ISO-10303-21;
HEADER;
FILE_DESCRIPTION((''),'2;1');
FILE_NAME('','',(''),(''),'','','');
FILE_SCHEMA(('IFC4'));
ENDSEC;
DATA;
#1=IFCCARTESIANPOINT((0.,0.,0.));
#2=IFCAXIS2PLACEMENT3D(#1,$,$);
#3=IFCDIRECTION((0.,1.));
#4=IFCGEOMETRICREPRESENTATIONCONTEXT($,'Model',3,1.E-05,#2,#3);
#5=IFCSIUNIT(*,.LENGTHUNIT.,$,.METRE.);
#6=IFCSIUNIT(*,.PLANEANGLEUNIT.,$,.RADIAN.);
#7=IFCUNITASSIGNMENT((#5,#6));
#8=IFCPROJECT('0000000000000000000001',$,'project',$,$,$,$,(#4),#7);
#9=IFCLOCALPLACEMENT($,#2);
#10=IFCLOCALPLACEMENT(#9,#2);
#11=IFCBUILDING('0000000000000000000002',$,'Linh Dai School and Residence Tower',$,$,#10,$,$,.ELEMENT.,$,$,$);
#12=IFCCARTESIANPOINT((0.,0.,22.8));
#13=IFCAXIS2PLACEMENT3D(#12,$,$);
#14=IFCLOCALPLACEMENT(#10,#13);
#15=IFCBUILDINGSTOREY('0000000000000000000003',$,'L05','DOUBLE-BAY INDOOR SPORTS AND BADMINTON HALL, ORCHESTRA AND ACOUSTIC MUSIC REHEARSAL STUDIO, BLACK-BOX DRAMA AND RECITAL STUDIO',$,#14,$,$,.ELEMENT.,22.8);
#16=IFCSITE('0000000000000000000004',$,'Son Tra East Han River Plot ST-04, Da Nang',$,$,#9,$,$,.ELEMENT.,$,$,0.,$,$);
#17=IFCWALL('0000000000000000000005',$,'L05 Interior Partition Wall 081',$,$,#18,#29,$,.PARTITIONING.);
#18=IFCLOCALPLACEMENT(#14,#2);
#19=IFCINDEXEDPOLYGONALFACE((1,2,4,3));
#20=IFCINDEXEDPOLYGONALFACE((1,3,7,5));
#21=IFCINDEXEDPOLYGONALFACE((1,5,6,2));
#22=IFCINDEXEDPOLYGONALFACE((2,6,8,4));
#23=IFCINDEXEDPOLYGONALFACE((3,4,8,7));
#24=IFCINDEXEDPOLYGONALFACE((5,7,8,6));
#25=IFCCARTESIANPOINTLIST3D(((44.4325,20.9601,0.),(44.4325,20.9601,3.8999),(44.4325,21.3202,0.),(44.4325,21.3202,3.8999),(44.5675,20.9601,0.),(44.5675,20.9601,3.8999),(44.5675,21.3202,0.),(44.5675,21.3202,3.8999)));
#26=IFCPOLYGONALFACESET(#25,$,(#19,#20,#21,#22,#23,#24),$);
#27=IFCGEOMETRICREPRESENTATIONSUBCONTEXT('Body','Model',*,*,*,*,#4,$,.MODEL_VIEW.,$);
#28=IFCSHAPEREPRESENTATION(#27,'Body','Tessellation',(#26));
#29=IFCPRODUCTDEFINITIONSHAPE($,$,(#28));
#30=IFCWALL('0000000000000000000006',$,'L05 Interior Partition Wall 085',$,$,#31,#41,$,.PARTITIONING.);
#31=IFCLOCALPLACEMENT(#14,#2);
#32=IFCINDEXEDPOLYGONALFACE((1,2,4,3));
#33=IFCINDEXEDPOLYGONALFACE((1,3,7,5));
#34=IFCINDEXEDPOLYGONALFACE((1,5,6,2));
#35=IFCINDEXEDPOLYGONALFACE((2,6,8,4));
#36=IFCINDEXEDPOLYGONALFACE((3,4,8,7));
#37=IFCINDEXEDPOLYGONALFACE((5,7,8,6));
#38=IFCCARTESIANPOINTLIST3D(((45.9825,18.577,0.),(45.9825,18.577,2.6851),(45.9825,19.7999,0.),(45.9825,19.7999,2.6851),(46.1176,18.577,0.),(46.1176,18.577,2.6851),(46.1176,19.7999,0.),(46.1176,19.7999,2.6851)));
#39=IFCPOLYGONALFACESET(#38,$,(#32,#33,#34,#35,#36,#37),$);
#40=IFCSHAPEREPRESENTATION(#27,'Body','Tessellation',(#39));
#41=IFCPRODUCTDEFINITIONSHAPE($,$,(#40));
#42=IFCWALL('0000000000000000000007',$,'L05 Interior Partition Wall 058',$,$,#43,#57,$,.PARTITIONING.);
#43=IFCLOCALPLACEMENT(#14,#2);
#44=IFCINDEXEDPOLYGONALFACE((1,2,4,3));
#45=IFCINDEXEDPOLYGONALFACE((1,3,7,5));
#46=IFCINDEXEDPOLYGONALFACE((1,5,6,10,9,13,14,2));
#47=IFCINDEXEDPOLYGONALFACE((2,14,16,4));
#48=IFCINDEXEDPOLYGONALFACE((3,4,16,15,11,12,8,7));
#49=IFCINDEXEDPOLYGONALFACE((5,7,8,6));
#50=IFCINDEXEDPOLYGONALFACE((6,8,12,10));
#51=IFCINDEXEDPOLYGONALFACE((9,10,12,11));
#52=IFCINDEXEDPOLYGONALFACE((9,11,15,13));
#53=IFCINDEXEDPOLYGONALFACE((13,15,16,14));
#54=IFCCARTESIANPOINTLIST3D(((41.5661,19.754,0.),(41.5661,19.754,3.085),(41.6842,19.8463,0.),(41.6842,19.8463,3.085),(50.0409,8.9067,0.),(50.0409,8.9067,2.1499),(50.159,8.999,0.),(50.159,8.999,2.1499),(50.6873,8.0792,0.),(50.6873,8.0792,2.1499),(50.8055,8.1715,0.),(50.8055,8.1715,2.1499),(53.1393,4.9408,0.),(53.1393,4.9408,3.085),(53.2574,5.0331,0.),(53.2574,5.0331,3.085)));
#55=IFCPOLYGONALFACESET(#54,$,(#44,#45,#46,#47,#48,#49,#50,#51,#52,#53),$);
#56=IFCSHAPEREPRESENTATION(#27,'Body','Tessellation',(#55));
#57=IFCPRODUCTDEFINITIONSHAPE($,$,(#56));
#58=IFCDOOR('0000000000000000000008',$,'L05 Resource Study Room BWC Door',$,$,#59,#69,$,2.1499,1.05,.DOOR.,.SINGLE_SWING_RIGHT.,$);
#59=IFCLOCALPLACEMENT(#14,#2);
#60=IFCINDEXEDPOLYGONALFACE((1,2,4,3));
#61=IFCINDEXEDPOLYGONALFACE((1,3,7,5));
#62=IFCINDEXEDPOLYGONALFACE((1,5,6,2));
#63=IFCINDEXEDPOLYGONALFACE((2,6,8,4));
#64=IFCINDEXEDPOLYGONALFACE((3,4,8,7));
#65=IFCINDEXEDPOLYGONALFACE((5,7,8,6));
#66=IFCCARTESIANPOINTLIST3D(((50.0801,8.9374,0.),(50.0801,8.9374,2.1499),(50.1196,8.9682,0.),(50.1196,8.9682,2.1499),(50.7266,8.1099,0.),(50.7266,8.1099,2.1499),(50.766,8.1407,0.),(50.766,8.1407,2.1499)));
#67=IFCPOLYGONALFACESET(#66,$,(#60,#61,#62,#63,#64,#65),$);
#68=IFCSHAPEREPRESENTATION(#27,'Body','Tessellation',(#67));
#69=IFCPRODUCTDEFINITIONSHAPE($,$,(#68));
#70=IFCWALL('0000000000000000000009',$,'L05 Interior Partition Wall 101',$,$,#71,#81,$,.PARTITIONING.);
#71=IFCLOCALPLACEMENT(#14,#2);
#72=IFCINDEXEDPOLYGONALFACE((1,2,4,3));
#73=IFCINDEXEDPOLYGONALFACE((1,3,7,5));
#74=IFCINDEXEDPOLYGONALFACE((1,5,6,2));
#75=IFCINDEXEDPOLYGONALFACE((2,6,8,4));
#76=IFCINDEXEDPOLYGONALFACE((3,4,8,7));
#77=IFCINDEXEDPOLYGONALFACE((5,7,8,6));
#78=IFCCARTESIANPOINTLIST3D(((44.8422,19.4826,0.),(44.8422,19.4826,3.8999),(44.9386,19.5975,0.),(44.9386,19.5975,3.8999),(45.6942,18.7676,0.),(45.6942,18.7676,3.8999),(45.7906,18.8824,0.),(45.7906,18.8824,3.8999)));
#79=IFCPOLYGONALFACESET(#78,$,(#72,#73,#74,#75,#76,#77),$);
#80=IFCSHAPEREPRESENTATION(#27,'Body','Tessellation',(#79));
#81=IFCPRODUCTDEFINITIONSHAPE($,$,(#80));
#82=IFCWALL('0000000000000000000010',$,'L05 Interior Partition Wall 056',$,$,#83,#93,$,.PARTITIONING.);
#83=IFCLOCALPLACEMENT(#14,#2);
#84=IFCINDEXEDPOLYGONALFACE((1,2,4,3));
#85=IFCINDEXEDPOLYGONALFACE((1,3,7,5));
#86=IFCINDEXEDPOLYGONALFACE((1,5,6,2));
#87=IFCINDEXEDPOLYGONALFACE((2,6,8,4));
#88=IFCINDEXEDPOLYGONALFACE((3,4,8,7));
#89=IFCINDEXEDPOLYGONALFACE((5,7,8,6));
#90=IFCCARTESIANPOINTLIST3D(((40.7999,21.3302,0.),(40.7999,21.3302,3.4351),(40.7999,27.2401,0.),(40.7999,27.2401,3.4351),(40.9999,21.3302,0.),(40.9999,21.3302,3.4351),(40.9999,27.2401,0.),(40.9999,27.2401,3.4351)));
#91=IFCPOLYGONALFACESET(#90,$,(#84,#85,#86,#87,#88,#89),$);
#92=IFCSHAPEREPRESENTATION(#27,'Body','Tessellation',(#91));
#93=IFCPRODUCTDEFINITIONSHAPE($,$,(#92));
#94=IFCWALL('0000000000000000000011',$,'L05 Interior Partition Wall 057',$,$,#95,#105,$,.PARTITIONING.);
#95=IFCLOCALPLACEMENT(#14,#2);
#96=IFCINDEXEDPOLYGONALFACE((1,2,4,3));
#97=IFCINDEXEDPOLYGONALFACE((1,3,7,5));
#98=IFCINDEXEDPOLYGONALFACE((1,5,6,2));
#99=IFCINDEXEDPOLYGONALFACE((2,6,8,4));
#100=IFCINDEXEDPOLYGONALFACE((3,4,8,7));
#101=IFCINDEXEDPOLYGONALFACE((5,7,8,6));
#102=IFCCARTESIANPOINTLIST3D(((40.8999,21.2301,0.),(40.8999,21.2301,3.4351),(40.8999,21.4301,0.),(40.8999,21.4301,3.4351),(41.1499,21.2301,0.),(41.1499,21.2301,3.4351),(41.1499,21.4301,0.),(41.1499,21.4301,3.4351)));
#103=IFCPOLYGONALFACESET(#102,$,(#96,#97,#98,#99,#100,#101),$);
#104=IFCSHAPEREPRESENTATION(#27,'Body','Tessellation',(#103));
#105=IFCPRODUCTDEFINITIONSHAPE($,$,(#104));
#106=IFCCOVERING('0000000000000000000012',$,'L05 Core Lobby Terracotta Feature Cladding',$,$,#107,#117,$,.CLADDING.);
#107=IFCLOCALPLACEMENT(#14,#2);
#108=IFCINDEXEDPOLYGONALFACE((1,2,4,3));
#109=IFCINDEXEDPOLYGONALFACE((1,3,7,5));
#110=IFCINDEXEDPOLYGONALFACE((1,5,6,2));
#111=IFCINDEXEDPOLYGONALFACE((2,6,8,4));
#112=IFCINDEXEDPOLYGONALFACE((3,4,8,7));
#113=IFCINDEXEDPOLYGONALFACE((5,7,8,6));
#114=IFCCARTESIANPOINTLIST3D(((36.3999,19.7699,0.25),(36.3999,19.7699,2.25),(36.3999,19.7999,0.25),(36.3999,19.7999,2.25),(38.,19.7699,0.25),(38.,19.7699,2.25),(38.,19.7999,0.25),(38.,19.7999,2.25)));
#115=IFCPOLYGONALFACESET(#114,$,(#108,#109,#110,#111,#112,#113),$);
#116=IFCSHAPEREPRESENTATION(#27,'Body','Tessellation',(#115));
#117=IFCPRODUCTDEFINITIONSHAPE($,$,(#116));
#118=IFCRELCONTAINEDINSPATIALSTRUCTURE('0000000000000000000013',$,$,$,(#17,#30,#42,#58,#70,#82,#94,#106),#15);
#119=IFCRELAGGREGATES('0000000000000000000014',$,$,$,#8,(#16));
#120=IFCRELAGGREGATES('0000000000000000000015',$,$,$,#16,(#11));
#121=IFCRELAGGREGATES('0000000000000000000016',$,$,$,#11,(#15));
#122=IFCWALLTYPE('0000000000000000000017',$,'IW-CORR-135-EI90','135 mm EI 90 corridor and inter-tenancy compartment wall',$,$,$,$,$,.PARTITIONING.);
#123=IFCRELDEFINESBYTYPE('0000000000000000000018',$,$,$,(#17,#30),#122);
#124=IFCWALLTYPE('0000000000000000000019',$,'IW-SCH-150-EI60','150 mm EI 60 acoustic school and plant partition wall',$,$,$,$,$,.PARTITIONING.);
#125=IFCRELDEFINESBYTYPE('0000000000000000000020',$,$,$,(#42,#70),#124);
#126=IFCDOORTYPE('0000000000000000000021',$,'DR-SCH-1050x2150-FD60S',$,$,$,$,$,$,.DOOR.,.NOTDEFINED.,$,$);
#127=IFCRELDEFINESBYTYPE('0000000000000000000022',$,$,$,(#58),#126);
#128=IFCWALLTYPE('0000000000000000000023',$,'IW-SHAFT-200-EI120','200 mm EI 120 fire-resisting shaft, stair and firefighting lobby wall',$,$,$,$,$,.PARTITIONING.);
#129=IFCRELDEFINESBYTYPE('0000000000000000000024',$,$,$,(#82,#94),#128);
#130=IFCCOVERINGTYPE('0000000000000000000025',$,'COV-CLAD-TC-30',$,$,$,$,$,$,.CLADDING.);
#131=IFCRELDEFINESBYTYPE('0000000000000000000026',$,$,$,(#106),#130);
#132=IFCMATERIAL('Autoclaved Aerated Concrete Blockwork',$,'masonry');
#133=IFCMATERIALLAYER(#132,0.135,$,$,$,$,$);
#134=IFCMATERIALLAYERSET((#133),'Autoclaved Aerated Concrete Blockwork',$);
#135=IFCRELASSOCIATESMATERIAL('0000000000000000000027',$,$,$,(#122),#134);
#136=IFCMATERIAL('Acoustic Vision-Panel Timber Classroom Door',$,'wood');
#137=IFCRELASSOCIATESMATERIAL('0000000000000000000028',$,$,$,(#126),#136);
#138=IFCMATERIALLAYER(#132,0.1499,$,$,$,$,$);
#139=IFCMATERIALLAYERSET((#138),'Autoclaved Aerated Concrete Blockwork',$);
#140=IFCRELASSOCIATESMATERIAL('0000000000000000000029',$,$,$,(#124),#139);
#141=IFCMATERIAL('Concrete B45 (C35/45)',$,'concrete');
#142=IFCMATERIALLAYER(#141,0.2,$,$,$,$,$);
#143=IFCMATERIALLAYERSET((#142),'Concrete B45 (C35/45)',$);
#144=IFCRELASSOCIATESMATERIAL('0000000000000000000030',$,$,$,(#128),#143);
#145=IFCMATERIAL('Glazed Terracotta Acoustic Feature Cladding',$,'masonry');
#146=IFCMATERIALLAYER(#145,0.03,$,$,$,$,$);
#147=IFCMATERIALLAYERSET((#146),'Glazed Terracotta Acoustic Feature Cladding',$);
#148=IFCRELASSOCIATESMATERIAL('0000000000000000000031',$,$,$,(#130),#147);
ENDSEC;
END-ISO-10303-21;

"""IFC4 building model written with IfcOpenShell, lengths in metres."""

from ifc_helpers import new_model, si_unit, direction, frame, frame_2d, origin, origin_2d, place, context, subcontext, project, spatial, rectangle, extrude, source, transform, mapped, material, layer, layer_set, type_object, element, fill, save


model = new_model("IFC4")

# Units and contexts
model_context = context("Model", 3, precision=1e-05, world=origin(), true_north=direction((0.0, 1.0)))
body_context = subcontext(model_context, "Body", "Model", "MODEL_VIEW")
ifc_project = project(units=[si_unit("LENGTHUNIT", "METRE"), si_unit("PLANEANGLEUNIT", "RADIAN")], contexts=[model_context])

# Site, building, storey
site_placement = place(None, origin())
site = spatial("IfcSite", under=ifc_project, at=site_placement, Name="Son Tra East Han River Plot ST-04, Da Nang", CompositionType="ELEMENT", RefElevation=0.0)
building_placement = place(site_placement, origin())
building = spatial("IfcBuilding", under=site, at=building_placement, Name="Linh Dai School and Residence Tower", CompositionType="ELEMENT")
storey_placement = place(building_placement, frame((0.0, 0.0, 22.8)))
storey = spatial("IfcBuildingStorey", under=building, at=storey_placement, Name="L05", Description="DOUBLE-BAY INDOOR SPORTS AND BADMINTON HALL, ORCHESTRA AND ACOUSTIC MUSIC REHEARSAL STUDIO, BLACK-BOX DRAMA AND RECITAL STUDIO", CompositionType="ELEMENT", Elevation=22.8)

# Shared definitions
ifc_material_1 = material(Name="Autoclaved Aerated Concrete Blockwork", Category="masonry")
ifc_layer_1 = layer(ifc_material_1, 0.135)
ifc_layer_set_1 = layer_set([ifc_layer_1], Name="Autoclaved Aerated Concrete Blockwork")
wall_type_1 = type_object("IfcWallType", Name="IW-CORR-135-EI90", Description="135 mm EI 90 corridor and inter-tenancy compartment wall", PredefinedType="PARTITIONING", material=ifc_layer_set_1)
ifc_material_2 = material(Name="Acoustic Vision-Panel Timber Classroom Door", Category="wood")
door_type_1 = type_object("IfcDoorType", Name="DR-SCH-1050x2150-FD60S", OperationType="NOTDEFINED", PredefinedType="DOOR", material=ifc_material_2)
shared_shape_1 = source(origin(), body_context, "Body", "SweptSolid", [
    extrude(rectangle(XDim=1.05, YDim=2.1499, at=origin_2d()), frame((0.5249, 0.0249, 1.075), z_axis=(0.0, -1.0, 0.0), x_axis=(1.0, 0.0, 0.0)), (0.0, 0.0, 1.0), 0.05),
])

# Walls
wall_1_placement = place(storey_placement, frame((44.5, 20.96, 0.0), z_axis=(0.0, 0.0, 1.0), x_axis=(0.0, 1.0, 0.0)))
element("IfcWall", 1, at=wall_1_placement, inside=storey, type_object=wall_type_1, Name="L05 Interior Partition Wall 081", PredefinedType="PARTITIONING", context=body_context, shape_type="SweptSolid", body=[
    extrude(rectangle(XDim=0.3601, YDim=0.135, at=frame_2d((0.1802, 0.0))), origin(), (0.0, 0.0, 1.0), 3.8999),
])
wall_2_placement = place(storey_placement, frame((46.05, 18.5771, 0.0), z_axis=(0.0, 0.0, 1.0), x_axis=(0.0, 1.0, 0.0)))
element("IfcWall", 2, at=wall_2_placement, inside=storey, type_object=wall_type_1, Name="L05 Interior Partition Wall 085", PredefinedType="PARTITIONING", context=body_context, shape_type="SweptSolid", body=[
    extrude(rectangle(XDim=1.2229, YDim=0.135, at=frame_2d((0.6113, 0.0))), origin(), (0.0, 0.0, 1.0), 2.6851),
])

# Wall, opening, door
ifc_layer_2 = layer(ifc_material_1, 0.1499)
ifc_layer_set_2 = layer_set([ifc_layer_2], Name="Autoclaved Aerated Concrete Blockwork")
wall_type_2 = type_object("IfcWallType", Name="IW-SCH-150-EI60", Description="150 mm EI 60 acoustic school and plant partition wall", PredefinedType="PARTITIONING", material=ifc_layer_set_2)
wall_3_placement = place(storey_placement, frame((41.6252, 19.8, 0.0), z_axis=(0.0, 0.0, 1.0), x_axis=(0.615657, -0.788014, 0.0)))
wall_3 = element("IfcWall", 3, at=wall_3_placement, inside=storey, type_object=wall_type_2, Name="L05 Interior Partition Wall 058", PredefinedType="PARTITIONING", context=body_context, shape_type="SweptSolid", body=[
    extrude(rectangle(XDim=18.7981, YDim=0.1499, at=frame_2d((9.3989, 0.0))), origin(), (0.0, 0.0, 1.0), 3.085),
])
opening_1_placement = place(wall_3_placement, frame((13.7654, 0.0, 0.0)))
opening_1 = element("IfcOpeningElement", 4, at=opening_1_placement, cuts=wall_3, PredefinedType="OPENING", context=body_context, shape_type="SweptSolid", body=[
    extrude(rectangle(XDim=1.05, YDim=2.1499, at=origin_2d()), frame((0.5249, 0.085, 1.075), z_axis=(0.0, -1.0, 0.0), x_axis=(1.0, 0.0, 0.0)), (0.0, 0.0, 1.0), 0.1699),
])
door_1_placement = place(opening_1_placement, origin())
door_1 = element("IfcDoor", 5, at=door_1_placement, inside=storey, type_object=door_type_1, Name="L05 Resource Study Room BWC Door", OperationType="SINGLE_SWING_RIGHT", OverallHeight=2.1499, OverallWidth=1.05, PredefinedType="DOOR", context=body_context, shape_type="MappedRepresentation", body=[
    mapped(shared_shape_1, transform((0.0, 0.0, 0.0), x_axis=(1.0, 0.0, 0.0), y_axis=(0.0, 1.0, 0.0), z_axis=(0.0, 0.0, 1.0), scale=1.0)),
])
fill(opening_1, door_1)

# Walls
wall_4_placement = place(storey_placement, frame((44.8904, 19.54, 0.0), z_axis=(0.0, 0.0, 1.0), x_axis=(0.765986, -0.642857, 0.0)))
element("IfcWall", 6, at=wall_4_placement, inside=storey, type_object=wall_type_2, Name="L05 Interior Partition Wall 101", PredefinedType="PARTITIONING", context=body_context, shape_type="SweptSolid", body=[
    extrude(rectangle(XDim=1.1123, YDim=0.1499, at=frame_2d((0.5562, 0.0))), origin(), (0.0, 0.0, 1.0), 3.8999),
])
ifc_material_3 = material(Name="Concrete B45 (C35/45)", Category="concrete")
ifc_layer_3 = layer(ifc_material_3, 0.2)
ifc_layer_set_3 = layer_set([ifc_layer_3], Name="Concrete B45 (C35/45)")
wall_type_3 = type_object("IfcWallType", Name="IW-SHAFT-200-EI120", Description="200 mm EI 120 fire-resisting shaft, stair and firefighting lobby wall", PredefinedType="PARTITIONING", material=ifc_layer_set_3)
wall_5_placement = place(storey_placement, frame((40.8999, 21.3301, 0.0), z_axis=(0.0, 0.0, 1.0), x_axis=(0.0, 1.0, 0.0)))
element("IfcWall", 7, at=wall_5_placement, inside=storey, type_object=wall_type_3, Name="L05 Interior Partition Wall 056", PredefinedType="PARTITIONING", context=body_context, shape_type="SweptSolid", body=[
    extrude(rectangle(XDim=5.9099, YDim=0.2, at=frame_2d((2.9551, 0.0))), origin(), (0.0, 0.0, 1.0), 3.4351),
])
wall_6_placement = place(storey_placement, frame((40.8999, 21.3301, 0.0), z_axis=(0.0, 0.0, 1.0), x_axis=(1.0, 0.0, 0.0)))
element("IfcWall", 8, at=wall_6_placement, inside=storey, type_object=wall_type_3, Name="L05 Interior Partition Wall 057", PredefinedType="PARTITIONING", context=body_context, shape_type="SweptSolid", body=[
    extrude(rectangle(XDim=0.25, YDim=0.2, at=frame_2d((0.125, 0.0))), origin(), (0.0, 0.0, 1.0), 3.4351),
])

# Covering
ifc_material_4 = material(Name="Glazed Terracotta Acoustic Feature Cladding", Category="masonry")
ifc_layer_4 = layer(ifc_material_4, 0.03)
ifc_layer_set_4 = layer_set([ifc_layer_4], Name="Glazed Terracotta Acoustic Feature Cladding")
covering_type = type_object("IfcCoveringType", Name="COV-CLAD-TC-30", PredefinedType="CLADDING", material=ifc_layer_set_4)
shared_shape_2 = source(origin(), body_context, "Body", "SweptSolid", [
    extrude(rectangle(XDim=1.6001, YDim=0.03, at=origin_2d()), origin(), (0.0, 0.0, 1.0), 2.0),
])
covering_placement = place(storey_placement, frame((37.2, 19.7849, 0.25), z_axis=(0.0, 0.0, 1.0), x_axis=(1.0, 0.0, 0.0)))
element("IfcCovering", 9, at=covering_placement, inside=storey, type_object=covering_type, Name="L05 Core Lobby Terracotta Feature Cladding", PredefinedType="CLADDING", context=body_context, shape_type="MappedRepresentation", body=[
    mapped(shared_shape_2, transform((0.0, 0.0, 0.0), x_axis=(1.0, 0.0, 0.0), y_axis=(0.0, 1.0, 0.0), z_axis=(0.0, 0.0, 1.0), scale=1.0)),
])

save(model, "model.ifc")
